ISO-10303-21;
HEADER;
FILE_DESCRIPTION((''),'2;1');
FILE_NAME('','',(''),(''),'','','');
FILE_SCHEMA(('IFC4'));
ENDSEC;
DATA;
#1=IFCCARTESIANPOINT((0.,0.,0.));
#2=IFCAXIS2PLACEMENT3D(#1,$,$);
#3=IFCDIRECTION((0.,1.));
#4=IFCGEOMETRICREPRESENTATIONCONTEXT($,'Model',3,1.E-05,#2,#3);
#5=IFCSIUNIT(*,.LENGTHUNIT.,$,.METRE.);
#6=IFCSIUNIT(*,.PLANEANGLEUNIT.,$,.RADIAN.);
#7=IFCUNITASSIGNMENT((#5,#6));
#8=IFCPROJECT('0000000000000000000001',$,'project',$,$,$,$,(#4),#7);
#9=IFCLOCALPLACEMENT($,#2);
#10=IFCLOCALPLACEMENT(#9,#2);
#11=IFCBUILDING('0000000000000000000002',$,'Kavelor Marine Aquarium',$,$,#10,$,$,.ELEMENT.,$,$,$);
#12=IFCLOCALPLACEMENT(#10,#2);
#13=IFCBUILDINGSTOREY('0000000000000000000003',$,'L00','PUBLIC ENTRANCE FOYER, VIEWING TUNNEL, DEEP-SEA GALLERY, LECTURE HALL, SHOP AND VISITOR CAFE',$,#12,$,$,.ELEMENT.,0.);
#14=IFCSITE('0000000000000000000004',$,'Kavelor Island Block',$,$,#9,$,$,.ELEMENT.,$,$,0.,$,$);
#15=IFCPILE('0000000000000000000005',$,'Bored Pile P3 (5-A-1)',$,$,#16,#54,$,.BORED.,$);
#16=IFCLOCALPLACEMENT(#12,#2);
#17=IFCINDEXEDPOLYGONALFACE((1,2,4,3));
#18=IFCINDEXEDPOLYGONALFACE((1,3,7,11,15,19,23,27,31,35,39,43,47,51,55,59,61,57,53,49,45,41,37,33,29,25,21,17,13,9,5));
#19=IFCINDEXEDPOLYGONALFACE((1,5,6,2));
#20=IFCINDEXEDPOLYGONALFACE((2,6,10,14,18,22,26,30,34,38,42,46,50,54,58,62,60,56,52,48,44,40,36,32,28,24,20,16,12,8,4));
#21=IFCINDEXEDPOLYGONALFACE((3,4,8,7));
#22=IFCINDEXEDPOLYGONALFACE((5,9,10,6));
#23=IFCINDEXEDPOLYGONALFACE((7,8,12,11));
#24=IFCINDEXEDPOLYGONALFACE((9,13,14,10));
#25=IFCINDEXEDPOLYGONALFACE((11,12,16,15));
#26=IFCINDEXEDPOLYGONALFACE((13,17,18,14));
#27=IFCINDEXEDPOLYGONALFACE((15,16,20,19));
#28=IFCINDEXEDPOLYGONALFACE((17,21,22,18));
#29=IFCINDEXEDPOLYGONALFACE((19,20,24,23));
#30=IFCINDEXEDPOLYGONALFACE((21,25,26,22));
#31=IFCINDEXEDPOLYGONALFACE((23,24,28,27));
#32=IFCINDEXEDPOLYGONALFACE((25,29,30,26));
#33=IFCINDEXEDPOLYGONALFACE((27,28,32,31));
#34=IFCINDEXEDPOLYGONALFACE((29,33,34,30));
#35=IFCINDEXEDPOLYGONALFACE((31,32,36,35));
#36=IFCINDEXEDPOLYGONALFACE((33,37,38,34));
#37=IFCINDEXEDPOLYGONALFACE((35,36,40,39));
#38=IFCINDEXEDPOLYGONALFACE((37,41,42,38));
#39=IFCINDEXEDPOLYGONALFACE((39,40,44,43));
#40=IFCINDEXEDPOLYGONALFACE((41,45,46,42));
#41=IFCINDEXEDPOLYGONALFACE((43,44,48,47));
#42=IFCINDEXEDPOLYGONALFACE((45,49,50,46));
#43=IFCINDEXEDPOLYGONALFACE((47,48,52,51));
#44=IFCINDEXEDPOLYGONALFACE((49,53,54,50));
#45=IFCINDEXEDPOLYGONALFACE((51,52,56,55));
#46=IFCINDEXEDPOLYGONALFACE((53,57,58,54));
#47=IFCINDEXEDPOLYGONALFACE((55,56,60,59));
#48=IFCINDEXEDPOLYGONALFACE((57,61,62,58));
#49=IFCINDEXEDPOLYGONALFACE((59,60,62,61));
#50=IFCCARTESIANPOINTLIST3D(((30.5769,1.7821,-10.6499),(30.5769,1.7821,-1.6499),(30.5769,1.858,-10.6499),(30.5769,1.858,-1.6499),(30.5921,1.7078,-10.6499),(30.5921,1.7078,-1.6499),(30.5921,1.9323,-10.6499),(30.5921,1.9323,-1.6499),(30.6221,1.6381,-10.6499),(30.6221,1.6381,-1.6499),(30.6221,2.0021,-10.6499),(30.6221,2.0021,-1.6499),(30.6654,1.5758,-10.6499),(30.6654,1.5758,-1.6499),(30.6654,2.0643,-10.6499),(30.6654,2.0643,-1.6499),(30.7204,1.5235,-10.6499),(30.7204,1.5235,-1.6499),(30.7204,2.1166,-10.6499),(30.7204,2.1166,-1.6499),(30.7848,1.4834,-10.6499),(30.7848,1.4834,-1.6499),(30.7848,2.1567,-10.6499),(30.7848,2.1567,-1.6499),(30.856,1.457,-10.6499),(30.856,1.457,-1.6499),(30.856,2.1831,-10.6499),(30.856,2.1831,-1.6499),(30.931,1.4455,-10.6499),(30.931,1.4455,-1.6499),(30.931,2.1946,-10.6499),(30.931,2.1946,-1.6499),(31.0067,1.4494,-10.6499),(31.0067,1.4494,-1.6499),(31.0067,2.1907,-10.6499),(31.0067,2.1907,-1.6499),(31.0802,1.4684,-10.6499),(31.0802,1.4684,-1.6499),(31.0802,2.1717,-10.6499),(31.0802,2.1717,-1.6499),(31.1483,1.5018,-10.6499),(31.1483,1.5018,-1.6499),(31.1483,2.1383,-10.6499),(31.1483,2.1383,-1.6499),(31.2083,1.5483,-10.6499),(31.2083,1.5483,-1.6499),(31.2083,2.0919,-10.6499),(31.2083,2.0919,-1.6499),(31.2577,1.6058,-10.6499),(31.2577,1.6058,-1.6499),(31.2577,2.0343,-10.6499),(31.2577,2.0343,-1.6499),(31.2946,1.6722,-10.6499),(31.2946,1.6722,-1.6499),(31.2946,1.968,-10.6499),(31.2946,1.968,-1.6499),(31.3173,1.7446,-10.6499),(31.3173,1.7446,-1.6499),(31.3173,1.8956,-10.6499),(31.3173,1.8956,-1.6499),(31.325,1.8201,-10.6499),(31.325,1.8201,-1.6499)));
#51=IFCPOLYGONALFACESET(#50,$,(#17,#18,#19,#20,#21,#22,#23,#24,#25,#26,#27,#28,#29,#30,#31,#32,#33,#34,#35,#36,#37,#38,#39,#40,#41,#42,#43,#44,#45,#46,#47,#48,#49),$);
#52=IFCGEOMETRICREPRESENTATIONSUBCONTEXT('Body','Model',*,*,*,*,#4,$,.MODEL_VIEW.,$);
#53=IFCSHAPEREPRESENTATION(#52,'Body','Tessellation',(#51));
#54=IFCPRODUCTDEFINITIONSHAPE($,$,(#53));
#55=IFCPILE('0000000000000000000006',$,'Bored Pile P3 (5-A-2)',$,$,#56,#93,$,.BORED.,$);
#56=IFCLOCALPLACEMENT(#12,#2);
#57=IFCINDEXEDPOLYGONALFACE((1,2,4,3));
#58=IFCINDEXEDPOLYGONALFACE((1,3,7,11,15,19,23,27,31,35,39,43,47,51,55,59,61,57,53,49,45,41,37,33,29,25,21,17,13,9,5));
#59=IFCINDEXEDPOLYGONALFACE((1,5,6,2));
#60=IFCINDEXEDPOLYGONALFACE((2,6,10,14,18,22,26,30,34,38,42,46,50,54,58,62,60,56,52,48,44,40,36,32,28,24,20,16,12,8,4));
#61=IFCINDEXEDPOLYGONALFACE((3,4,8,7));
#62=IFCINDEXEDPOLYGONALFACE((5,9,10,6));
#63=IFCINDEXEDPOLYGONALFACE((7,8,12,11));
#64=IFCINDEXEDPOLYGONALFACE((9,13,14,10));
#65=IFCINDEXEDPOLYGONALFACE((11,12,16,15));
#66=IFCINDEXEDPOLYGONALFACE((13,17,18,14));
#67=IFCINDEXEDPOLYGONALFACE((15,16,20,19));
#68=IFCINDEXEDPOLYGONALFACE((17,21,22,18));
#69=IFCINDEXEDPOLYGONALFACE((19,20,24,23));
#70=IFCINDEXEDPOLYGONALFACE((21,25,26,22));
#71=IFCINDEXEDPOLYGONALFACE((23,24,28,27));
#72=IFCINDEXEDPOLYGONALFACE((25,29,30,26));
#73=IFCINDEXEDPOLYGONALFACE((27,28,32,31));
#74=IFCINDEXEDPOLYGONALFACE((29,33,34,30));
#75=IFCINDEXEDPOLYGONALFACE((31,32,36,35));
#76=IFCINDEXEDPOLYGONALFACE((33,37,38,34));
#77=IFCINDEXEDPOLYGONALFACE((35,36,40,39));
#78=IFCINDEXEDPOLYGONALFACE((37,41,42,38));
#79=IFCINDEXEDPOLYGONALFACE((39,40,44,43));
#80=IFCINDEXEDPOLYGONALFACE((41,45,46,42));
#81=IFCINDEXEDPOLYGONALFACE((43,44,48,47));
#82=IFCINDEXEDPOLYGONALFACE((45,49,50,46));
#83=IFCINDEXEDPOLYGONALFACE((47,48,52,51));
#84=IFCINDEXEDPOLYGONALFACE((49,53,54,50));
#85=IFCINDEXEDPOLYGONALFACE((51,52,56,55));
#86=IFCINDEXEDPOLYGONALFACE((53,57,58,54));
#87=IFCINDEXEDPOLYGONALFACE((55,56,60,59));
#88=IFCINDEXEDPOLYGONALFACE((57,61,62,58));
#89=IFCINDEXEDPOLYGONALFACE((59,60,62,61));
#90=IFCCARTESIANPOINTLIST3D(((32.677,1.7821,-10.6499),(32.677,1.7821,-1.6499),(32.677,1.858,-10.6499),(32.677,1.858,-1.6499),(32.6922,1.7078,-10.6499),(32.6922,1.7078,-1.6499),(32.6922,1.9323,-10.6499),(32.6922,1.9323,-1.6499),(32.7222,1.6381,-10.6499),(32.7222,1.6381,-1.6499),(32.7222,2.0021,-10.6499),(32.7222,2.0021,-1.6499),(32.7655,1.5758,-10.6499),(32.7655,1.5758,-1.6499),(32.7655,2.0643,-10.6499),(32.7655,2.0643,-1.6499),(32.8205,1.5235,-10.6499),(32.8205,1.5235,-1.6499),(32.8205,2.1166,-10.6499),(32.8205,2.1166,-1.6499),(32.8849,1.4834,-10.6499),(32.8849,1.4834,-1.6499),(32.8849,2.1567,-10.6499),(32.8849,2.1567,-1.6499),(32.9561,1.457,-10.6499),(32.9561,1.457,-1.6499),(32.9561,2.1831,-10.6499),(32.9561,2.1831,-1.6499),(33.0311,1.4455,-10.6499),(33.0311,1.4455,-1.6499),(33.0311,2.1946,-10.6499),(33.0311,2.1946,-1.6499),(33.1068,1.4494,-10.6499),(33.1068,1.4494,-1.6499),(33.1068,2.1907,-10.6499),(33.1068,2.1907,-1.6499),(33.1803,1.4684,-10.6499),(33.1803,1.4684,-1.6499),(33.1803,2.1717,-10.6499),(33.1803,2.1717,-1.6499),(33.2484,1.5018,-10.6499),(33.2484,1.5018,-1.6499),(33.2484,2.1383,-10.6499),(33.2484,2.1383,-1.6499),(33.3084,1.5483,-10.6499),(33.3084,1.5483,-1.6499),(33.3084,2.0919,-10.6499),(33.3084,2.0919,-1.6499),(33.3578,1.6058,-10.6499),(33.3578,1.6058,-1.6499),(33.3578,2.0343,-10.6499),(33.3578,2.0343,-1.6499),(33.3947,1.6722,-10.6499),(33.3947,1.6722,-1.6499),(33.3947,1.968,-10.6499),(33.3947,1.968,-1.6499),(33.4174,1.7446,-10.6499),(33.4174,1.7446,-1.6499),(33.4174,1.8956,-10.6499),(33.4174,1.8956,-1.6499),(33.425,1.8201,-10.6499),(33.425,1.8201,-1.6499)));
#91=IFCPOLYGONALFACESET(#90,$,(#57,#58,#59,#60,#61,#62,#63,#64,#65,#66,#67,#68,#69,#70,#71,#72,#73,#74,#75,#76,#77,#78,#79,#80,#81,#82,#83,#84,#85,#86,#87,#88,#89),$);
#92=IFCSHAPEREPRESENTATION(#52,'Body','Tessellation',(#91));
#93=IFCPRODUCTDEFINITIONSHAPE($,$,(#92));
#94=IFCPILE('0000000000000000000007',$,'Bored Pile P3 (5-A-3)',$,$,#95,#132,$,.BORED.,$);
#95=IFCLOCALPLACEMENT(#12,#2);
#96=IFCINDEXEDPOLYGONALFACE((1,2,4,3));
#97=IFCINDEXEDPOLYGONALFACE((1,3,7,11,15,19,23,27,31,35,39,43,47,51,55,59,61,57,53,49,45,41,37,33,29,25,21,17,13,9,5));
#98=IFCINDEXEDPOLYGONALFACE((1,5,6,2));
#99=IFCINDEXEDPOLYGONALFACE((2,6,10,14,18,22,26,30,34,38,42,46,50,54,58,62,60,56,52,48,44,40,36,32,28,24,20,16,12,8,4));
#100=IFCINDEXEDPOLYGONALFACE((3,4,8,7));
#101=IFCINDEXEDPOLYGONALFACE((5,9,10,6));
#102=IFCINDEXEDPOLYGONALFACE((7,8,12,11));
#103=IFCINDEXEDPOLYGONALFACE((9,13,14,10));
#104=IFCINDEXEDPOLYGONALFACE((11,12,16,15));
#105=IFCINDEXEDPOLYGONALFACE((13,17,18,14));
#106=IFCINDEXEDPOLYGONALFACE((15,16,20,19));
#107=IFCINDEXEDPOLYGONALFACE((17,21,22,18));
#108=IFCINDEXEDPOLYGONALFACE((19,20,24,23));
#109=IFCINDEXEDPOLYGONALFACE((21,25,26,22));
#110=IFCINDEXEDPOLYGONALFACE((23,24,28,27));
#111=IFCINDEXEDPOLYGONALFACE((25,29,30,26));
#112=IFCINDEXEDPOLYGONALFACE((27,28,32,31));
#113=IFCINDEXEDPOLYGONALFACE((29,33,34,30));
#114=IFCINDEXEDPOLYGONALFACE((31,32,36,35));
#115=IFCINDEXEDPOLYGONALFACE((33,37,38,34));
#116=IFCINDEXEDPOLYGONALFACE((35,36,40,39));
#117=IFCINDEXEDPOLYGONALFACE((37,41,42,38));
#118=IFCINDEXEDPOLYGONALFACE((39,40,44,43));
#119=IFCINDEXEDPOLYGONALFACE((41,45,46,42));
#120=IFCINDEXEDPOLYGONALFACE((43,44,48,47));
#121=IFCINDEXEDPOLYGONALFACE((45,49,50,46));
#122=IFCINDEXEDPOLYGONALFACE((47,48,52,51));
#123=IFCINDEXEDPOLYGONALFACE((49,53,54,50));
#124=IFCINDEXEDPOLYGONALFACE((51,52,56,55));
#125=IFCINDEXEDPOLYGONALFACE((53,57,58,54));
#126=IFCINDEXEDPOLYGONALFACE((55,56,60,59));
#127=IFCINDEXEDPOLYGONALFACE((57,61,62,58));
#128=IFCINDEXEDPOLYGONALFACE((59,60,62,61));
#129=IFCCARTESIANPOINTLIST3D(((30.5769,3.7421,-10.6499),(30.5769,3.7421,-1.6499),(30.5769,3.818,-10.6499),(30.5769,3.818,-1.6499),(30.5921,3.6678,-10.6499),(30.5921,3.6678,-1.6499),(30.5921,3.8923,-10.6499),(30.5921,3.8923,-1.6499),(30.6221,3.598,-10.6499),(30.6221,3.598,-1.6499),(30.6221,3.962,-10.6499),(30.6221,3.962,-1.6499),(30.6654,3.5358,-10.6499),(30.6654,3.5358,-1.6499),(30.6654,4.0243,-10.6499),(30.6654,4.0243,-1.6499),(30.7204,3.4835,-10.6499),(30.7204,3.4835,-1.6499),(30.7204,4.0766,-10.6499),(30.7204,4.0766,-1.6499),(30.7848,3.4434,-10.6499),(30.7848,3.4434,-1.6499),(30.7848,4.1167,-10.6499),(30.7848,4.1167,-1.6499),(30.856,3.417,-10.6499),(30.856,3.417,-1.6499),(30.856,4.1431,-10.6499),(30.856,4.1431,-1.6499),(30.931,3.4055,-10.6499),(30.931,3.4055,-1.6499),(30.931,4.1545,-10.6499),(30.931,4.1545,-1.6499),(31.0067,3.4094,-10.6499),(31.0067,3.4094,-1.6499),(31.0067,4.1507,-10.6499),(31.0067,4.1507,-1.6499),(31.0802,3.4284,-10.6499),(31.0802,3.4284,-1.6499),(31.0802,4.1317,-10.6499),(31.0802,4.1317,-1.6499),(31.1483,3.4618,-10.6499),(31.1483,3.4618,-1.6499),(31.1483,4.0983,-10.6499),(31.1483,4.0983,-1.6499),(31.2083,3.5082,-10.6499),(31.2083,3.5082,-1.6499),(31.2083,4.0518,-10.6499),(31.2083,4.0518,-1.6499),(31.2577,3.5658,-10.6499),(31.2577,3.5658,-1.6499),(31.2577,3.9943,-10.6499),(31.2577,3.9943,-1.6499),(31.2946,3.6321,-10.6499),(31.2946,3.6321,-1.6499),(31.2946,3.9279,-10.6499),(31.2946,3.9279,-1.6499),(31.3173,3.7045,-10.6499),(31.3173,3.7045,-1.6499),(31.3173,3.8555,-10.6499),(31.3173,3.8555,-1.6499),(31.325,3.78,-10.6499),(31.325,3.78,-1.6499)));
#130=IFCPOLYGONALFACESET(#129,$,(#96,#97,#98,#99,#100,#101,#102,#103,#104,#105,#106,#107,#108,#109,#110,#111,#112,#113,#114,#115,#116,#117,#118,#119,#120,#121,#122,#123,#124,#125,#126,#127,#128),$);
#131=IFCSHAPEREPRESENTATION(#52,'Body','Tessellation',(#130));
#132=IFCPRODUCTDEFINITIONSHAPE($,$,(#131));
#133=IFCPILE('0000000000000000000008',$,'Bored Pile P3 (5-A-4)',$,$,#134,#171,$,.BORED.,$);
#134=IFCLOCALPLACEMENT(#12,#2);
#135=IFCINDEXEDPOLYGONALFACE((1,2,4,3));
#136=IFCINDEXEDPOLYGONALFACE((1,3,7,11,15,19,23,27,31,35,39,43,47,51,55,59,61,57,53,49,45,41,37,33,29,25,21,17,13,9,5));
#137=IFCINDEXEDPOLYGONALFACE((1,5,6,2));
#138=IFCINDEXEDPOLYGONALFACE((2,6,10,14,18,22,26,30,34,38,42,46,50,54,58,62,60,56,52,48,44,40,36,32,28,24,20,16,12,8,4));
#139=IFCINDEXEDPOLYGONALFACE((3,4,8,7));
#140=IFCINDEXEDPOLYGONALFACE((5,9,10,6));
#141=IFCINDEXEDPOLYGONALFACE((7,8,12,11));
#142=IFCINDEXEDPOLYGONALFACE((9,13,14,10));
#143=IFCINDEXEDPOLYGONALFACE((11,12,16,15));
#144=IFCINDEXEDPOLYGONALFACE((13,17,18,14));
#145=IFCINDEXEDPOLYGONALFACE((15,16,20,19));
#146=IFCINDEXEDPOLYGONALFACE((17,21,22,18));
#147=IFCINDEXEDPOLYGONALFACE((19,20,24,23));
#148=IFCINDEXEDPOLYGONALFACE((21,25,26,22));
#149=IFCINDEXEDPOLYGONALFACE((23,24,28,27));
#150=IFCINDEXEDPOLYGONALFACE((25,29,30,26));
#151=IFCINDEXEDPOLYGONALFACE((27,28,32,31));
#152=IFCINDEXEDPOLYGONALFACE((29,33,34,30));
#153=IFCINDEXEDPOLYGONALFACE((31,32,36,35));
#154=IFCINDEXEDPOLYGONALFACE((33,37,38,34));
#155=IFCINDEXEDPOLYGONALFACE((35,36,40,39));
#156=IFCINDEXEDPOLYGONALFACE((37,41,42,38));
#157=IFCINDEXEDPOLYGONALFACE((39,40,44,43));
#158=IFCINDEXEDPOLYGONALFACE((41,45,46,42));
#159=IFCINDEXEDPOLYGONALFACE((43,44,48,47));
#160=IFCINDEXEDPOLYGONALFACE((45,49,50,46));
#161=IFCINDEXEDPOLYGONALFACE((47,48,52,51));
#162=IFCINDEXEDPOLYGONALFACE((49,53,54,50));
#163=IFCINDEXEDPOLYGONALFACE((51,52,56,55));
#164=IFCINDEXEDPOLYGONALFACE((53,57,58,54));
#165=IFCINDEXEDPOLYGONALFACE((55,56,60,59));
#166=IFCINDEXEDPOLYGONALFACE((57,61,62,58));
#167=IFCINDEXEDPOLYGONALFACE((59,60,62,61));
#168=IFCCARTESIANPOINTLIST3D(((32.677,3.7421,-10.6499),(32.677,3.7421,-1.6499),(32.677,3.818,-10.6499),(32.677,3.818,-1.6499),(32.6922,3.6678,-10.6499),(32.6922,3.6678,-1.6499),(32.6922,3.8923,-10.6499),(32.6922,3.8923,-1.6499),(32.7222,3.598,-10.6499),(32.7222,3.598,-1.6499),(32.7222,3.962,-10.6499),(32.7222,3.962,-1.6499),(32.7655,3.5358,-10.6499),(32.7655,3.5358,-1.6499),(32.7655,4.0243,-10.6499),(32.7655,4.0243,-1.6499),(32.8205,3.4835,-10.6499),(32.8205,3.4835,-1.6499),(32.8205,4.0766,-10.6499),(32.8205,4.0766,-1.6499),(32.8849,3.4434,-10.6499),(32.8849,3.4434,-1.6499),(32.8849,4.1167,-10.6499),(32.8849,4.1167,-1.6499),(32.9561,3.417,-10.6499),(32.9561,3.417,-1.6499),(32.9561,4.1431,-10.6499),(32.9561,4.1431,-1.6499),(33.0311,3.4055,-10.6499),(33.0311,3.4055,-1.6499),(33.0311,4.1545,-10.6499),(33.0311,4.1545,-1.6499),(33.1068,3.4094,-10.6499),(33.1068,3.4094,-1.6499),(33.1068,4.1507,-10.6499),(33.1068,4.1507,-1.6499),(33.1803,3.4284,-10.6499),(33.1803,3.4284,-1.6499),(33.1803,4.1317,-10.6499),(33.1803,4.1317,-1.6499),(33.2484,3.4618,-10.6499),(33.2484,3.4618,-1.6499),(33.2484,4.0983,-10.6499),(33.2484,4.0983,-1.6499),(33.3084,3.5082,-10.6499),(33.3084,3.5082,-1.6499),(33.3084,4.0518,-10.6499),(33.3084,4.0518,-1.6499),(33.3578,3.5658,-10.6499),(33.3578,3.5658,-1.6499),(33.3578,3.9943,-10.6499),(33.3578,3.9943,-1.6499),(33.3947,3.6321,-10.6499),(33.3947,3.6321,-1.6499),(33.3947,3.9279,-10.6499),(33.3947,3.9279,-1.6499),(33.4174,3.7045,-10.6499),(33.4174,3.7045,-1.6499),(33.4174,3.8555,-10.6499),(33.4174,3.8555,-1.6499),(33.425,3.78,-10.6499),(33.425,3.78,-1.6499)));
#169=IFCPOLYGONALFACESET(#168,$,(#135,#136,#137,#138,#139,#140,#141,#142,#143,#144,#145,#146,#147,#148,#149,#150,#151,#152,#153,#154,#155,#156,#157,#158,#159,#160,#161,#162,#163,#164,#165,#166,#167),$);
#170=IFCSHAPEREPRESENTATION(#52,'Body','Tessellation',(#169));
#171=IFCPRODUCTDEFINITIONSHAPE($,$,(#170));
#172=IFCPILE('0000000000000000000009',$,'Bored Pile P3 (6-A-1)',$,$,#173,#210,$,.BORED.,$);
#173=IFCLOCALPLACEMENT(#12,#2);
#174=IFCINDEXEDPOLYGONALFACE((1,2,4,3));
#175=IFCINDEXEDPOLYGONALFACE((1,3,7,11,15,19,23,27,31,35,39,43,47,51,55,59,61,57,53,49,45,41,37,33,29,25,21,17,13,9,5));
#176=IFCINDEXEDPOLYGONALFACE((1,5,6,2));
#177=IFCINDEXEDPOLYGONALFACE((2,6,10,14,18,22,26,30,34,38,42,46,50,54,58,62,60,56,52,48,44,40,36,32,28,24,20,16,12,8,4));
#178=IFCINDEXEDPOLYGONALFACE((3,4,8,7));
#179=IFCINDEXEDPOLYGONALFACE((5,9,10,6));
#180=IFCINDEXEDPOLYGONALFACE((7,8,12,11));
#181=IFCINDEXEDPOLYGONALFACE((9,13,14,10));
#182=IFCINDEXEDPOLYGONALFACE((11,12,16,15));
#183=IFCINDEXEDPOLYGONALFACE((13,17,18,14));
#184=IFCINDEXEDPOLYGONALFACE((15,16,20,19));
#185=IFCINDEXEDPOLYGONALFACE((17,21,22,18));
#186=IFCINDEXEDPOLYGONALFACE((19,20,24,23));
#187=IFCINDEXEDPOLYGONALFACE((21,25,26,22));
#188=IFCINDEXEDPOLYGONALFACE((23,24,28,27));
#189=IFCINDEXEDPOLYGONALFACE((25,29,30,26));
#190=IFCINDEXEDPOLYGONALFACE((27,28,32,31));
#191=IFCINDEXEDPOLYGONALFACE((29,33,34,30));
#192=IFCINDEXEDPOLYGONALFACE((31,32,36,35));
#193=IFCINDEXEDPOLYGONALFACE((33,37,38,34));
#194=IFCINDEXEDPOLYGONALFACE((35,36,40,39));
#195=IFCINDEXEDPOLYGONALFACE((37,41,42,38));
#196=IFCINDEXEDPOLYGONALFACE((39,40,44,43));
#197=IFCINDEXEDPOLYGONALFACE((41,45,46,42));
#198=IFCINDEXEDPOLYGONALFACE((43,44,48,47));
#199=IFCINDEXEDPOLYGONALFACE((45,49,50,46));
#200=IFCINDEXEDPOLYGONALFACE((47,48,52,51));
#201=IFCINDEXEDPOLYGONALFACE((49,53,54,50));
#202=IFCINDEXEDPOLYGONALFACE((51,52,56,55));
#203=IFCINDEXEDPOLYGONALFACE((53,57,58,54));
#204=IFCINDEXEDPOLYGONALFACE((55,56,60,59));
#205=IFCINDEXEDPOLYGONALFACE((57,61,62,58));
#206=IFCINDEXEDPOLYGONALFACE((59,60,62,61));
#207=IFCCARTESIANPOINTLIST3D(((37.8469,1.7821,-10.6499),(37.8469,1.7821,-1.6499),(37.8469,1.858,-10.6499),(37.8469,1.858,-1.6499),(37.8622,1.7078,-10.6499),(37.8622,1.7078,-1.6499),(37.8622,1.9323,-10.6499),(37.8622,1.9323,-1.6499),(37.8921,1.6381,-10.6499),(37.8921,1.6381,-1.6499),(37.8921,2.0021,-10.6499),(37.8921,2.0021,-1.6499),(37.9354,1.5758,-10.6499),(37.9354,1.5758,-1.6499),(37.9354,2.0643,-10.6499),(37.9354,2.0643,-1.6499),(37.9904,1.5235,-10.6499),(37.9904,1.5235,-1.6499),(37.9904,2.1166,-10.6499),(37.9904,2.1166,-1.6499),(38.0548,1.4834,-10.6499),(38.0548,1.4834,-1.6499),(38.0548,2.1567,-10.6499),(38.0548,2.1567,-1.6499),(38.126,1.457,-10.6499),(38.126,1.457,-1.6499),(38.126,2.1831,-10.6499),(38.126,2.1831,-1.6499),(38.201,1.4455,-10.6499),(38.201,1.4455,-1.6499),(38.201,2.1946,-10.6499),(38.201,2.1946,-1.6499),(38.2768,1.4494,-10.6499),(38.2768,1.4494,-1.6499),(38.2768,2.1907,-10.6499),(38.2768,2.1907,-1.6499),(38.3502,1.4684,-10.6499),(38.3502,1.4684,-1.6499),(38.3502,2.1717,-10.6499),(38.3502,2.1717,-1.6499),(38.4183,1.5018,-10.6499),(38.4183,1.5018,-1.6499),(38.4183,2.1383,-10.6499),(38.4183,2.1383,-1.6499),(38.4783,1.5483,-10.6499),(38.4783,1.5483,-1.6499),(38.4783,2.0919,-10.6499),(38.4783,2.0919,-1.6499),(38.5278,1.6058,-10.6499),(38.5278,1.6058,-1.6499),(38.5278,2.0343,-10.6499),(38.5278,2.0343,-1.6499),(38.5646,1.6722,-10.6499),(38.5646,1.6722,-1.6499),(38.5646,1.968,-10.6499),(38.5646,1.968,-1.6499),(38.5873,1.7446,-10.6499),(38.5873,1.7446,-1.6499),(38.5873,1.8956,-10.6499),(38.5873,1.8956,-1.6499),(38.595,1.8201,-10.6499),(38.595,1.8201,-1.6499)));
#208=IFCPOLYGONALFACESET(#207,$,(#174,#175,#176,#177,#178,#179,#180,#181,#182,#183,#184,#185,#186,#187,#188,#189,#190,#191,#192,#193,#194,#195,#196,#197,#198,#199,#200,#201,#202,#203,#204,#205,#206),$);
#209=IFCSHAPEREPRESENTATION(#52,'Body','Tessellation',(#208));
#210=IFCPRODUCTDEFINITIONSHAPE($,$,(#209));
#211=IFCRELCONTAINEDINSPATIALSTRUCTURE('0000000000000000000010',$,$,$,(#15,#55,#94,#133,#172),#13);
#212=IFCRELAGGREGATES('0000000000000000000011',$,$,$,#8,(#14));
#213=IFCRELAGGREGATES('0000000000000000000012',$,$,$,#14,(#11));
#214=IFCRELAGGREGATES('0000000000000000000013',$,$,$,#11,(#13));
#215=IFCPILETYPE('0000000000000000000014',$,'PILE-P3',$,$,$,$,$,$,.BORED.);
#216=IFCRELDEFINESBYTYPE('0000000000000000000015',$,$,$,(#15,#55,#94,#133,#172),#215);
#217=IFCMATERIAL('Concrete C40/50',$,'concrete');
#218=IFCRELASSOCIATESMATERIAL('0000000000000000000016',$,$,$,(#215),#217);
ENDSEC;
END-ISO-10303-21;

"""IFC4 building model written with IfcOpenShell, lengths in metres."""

from ifc_helpers import new_model, si_unit, direction, frame, origin, origin_2d, place, context, subcontext, project, spatial, circle, extrude, material, material_profile, profile_set, type_object, element, save


model = new_model("IFC4")

# Units and contexts
model_context = context("Model", 3, precision=1e-05, world=origin(), true_north=direction((0.0, 1.0)))
body_context = subcontext(model_context, "Body", "Model", "MODEL_VIEW")
ifc_project = project(units=[si_unit("LENGTHUNIT", "METRE"), si_unit("PLANEANGLEUNIT", "RADIAN")], contexts=[model_context])

# Site, building, storey
site_placement = place(None, origin())
site = spatial("IfcSite", under=ifc_project, at=site_placement, Name="Kavelor Island Block", CompositionType="ELEMENT", RefElevation=0.0)
building_placement = place(site_placement, origin())
building = spatial("IfcBuilding", under=site, at=building_placement, Name="Kavelor Marine Aquarium", CompositionType="ELEMENT")
storey_placement = place(building_placement, origin())
storey = spatial("IfcBuildingStorey", under=building, at=storey_placement, Name="L00", Description="PUBLIC ENTRANCE FOYER, VIEWING TUNNEL, DEEP-SEA GALLERY, LECTURE HALL, SHOP AND VISITOR CAFE", CompositionType="ELEMENT", Elevation=0.0)

# Piles
ifc_material_1 = material(Name="Concrete C40/50", Category="concrete")
ifc_material_profile_1 = material_profile(ifc_material_1, circle(Radius=0.375, at=origin_2d()), Name="PILE D750")
ifc_profile_set_1 = profile_set([ifc_material_profile_1], Name="Concrete C40/50")
pile_type_1 = type_object("IfcPileType", Name="PILE-P3", PredefinedType="BORED", material=ifc_profile_set_1)
for number, where, z_axis, x_axis, name in (
    (1, (30.95, 1.8201, -1.6499), (0.0, 0.0, -1.0), (1.0, 0.0, 0.0), "Bored Pile P3 (5-A-1)"),
    (2, (33.05, 1.8201, -1.6499), (0.0, 0.0, -1.0), (1.0, 0.0, 0.0), "Bored Pile P3 (5-A-2)"),
    (3, (30.95, 3.78, -1.6499), (0.0, 0.0, -1.0), (1.0, 0.0, 0.0), "Bored Pile P3 (5-A-3)"),
    (4, (33.05, 3.78, -1.6499), (0.0, 0.0, -1.0), (1.0, 0.0, 0.0), "Bored Pile P3 (5-A-4)"),
    (5, (38.22, 1.8201, -1.6499), (0.0, 0.0, -1.0), (1.0, 0.0, 0.0), "Bored Pile P3 (6-A-1)"),
):
    element("IfcPile", number, at=place(storey_placement, frame(where, z_axis=z_axis, x_axis=x_axis)), inside=storey, type_object=pile_type_1, Name=name, PredefinedType="BORED", context=body_context, shape_type="SweptSolid", body=[
        extrude(circle(Radius=0.375, at=origin_2d()), origin(), (0.0, 0.0, 1.0), 9.0),
    ])

save(model, "model.ifc")
